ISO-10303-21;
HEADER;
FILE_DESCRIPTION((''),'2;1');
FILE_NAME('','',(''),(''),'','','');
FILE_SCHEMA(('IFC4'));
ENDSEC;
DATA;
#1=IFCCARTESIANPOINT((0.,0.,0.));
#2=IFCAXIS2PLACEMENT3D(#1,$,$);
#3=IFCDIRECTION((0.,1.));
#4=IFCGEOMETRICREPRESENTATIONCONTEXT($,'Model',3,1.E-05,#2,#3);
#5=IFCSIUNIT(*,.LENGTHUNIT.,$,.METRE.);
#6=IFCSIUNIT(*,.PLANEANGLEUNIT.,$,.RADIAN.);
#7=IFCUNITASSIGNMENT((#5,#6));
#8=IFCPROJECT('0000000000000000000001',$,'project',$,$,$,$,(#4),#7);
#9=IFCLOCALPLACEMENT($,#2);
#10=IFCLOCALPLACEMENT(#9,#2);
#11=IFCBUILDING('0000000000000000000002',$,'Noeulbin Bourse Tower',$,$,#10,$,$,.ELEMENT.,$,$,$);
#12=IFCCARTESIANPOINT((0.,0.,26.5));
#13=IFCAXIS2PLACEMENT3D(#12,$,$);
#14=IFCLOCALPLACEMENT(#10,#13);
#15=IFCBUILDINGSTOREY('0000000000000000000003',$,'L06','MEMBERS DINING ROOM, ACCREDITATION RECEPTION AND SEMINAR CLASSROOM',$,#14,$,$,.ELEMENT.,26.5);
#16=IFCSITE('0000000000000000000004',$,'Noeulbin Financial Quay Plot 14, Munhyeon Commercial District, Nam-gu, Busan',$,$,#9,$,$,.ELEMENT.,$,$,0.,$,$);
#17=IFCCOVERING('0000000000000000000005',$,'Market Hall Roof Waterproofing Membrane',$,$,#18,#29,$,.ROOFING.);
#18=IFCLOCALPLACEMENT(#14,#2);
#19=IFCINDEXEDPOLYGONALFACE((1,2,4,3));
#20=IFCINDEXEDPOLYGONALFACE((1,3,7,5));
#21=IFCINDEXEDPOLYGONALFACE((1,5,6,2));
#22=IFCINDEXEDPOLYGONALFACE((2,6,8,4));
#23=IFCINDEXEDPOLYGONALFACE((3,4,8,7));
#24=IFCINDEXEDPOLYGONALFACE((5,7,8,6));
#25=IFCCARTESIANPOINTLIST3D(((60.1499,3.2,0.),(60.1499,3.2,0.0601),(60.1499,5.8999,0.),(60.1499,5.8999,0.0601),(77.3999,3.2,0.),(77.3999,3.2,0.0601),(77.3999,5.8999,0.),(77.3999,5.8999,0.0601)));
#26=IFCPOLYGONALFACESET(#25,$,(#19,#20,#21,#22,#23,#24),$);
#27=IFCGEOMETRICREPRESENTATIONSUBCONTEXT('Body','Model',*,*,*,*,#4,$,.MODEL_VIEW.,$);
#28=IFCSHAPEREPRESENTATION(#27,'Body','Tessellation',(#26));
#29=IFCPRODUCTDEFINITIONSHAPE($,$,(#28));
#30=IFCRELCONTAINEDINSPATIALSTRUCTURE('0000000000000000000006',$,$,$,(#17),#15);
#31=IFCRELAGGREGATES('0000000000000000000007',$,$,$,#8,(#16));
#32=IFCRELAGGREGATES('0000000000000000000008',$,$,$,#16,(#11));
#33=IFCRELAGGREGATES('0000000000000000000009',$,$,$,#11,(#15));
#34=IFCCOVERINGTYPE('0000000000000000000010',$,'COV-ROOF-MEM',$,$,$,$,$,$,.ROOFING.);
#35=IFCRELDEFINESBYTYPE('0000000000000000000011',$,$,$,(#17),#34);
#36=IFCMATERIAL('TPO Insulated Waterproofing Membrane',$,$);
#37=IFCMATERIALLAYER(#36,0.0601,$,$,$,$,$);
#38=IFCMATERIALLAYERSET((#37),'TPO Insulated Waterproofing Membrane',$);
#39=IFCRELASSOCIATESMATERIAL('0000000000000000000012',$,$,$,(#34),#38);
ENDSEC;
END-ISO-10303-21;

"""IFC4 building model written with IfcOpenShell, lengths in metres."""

from ifc_helpers import new_model, si_unit, direction, frame, origin, place, context, subcontext, project, spatial, polyline, outline, extrude, material, layer, layer_set, type_object, element, save


model = new_model("IFC4")

# Units and contexts
model_context = context("Model", 3, precision=1e-05, world=origin(), true_north=direction((0.0, 1.0)))
body_context = subcontext(model_context, "Body", "Model", "MODEL_VIEW")
ifc_project = project(units=[si_unit("LENGTHUNIT", "METRE"), si_unit("PLANEANGLEUNIT", "RADIAN")], contexts=[model_context])

# Site, building, storey
site_placement = place(None, origin())
site = spatial("IfcSite", under=ifc_project, at=site_placement, Name="Noeulbin Financial Quay Plot 14, Munhyeon Commercial District, Nam-gu, Busan", CompositionType="ELEMENT", RefElevation=0.0)
building_placement = place(site_placement, origin())
building = spatial("IfcBuilding", under=site, at=building_placement, Name="Noeulbin Bourse Tower", CompositionType="ELEMENT")
storey_placement = place(building_placement, frame((0.0, 0.0, 26.5)))
storey = spatial("IfcBuildingStorey", under=building, at=storey_placement, Name="L06", Description="MEMBERS DINING ROOM, ACCREDITATION RECEPTION AND SEMINAR CLASSROOM", CompositionType="ELEMENT", Elevation=26.5)

# Covering
ifc_material_1 = material(Name="TPO Insulated Waterproofing Membrane")
ifc_layer_1 = layer(ifc_material_1, 0.0601)
ifc_layer_set_1 = layer_set([ifc_layer_1], Name="TPO Insulated Waterproofing Membrane")
covering_type_1 = type_object("IfcCoveringType", Name="COV-ROOF-MEM", PredefinedType="ROOFING", material=ifc_layer_set_1)
covering_1_placement = place(storey_placement, origin())
element("IfcCovering", 1, at=covering_1_placement, inside=storey, type_object=covering_type_1, Name="Market Hall Roof Waterproofing Membrane", PredefinedType="ROOFING", context=body_context, shape_type="SweptSolid", body=[
    extrude(outline(polyline([(60.1499, 3.2), (77.3999, 3.2), (77.3999, 5.8999), (60.1499, 5.8999), (60.1499, 3.2)])), origin(), (0.0, 0.0, 1.0), 0.0601),
])

save(model, "model.ifc")
